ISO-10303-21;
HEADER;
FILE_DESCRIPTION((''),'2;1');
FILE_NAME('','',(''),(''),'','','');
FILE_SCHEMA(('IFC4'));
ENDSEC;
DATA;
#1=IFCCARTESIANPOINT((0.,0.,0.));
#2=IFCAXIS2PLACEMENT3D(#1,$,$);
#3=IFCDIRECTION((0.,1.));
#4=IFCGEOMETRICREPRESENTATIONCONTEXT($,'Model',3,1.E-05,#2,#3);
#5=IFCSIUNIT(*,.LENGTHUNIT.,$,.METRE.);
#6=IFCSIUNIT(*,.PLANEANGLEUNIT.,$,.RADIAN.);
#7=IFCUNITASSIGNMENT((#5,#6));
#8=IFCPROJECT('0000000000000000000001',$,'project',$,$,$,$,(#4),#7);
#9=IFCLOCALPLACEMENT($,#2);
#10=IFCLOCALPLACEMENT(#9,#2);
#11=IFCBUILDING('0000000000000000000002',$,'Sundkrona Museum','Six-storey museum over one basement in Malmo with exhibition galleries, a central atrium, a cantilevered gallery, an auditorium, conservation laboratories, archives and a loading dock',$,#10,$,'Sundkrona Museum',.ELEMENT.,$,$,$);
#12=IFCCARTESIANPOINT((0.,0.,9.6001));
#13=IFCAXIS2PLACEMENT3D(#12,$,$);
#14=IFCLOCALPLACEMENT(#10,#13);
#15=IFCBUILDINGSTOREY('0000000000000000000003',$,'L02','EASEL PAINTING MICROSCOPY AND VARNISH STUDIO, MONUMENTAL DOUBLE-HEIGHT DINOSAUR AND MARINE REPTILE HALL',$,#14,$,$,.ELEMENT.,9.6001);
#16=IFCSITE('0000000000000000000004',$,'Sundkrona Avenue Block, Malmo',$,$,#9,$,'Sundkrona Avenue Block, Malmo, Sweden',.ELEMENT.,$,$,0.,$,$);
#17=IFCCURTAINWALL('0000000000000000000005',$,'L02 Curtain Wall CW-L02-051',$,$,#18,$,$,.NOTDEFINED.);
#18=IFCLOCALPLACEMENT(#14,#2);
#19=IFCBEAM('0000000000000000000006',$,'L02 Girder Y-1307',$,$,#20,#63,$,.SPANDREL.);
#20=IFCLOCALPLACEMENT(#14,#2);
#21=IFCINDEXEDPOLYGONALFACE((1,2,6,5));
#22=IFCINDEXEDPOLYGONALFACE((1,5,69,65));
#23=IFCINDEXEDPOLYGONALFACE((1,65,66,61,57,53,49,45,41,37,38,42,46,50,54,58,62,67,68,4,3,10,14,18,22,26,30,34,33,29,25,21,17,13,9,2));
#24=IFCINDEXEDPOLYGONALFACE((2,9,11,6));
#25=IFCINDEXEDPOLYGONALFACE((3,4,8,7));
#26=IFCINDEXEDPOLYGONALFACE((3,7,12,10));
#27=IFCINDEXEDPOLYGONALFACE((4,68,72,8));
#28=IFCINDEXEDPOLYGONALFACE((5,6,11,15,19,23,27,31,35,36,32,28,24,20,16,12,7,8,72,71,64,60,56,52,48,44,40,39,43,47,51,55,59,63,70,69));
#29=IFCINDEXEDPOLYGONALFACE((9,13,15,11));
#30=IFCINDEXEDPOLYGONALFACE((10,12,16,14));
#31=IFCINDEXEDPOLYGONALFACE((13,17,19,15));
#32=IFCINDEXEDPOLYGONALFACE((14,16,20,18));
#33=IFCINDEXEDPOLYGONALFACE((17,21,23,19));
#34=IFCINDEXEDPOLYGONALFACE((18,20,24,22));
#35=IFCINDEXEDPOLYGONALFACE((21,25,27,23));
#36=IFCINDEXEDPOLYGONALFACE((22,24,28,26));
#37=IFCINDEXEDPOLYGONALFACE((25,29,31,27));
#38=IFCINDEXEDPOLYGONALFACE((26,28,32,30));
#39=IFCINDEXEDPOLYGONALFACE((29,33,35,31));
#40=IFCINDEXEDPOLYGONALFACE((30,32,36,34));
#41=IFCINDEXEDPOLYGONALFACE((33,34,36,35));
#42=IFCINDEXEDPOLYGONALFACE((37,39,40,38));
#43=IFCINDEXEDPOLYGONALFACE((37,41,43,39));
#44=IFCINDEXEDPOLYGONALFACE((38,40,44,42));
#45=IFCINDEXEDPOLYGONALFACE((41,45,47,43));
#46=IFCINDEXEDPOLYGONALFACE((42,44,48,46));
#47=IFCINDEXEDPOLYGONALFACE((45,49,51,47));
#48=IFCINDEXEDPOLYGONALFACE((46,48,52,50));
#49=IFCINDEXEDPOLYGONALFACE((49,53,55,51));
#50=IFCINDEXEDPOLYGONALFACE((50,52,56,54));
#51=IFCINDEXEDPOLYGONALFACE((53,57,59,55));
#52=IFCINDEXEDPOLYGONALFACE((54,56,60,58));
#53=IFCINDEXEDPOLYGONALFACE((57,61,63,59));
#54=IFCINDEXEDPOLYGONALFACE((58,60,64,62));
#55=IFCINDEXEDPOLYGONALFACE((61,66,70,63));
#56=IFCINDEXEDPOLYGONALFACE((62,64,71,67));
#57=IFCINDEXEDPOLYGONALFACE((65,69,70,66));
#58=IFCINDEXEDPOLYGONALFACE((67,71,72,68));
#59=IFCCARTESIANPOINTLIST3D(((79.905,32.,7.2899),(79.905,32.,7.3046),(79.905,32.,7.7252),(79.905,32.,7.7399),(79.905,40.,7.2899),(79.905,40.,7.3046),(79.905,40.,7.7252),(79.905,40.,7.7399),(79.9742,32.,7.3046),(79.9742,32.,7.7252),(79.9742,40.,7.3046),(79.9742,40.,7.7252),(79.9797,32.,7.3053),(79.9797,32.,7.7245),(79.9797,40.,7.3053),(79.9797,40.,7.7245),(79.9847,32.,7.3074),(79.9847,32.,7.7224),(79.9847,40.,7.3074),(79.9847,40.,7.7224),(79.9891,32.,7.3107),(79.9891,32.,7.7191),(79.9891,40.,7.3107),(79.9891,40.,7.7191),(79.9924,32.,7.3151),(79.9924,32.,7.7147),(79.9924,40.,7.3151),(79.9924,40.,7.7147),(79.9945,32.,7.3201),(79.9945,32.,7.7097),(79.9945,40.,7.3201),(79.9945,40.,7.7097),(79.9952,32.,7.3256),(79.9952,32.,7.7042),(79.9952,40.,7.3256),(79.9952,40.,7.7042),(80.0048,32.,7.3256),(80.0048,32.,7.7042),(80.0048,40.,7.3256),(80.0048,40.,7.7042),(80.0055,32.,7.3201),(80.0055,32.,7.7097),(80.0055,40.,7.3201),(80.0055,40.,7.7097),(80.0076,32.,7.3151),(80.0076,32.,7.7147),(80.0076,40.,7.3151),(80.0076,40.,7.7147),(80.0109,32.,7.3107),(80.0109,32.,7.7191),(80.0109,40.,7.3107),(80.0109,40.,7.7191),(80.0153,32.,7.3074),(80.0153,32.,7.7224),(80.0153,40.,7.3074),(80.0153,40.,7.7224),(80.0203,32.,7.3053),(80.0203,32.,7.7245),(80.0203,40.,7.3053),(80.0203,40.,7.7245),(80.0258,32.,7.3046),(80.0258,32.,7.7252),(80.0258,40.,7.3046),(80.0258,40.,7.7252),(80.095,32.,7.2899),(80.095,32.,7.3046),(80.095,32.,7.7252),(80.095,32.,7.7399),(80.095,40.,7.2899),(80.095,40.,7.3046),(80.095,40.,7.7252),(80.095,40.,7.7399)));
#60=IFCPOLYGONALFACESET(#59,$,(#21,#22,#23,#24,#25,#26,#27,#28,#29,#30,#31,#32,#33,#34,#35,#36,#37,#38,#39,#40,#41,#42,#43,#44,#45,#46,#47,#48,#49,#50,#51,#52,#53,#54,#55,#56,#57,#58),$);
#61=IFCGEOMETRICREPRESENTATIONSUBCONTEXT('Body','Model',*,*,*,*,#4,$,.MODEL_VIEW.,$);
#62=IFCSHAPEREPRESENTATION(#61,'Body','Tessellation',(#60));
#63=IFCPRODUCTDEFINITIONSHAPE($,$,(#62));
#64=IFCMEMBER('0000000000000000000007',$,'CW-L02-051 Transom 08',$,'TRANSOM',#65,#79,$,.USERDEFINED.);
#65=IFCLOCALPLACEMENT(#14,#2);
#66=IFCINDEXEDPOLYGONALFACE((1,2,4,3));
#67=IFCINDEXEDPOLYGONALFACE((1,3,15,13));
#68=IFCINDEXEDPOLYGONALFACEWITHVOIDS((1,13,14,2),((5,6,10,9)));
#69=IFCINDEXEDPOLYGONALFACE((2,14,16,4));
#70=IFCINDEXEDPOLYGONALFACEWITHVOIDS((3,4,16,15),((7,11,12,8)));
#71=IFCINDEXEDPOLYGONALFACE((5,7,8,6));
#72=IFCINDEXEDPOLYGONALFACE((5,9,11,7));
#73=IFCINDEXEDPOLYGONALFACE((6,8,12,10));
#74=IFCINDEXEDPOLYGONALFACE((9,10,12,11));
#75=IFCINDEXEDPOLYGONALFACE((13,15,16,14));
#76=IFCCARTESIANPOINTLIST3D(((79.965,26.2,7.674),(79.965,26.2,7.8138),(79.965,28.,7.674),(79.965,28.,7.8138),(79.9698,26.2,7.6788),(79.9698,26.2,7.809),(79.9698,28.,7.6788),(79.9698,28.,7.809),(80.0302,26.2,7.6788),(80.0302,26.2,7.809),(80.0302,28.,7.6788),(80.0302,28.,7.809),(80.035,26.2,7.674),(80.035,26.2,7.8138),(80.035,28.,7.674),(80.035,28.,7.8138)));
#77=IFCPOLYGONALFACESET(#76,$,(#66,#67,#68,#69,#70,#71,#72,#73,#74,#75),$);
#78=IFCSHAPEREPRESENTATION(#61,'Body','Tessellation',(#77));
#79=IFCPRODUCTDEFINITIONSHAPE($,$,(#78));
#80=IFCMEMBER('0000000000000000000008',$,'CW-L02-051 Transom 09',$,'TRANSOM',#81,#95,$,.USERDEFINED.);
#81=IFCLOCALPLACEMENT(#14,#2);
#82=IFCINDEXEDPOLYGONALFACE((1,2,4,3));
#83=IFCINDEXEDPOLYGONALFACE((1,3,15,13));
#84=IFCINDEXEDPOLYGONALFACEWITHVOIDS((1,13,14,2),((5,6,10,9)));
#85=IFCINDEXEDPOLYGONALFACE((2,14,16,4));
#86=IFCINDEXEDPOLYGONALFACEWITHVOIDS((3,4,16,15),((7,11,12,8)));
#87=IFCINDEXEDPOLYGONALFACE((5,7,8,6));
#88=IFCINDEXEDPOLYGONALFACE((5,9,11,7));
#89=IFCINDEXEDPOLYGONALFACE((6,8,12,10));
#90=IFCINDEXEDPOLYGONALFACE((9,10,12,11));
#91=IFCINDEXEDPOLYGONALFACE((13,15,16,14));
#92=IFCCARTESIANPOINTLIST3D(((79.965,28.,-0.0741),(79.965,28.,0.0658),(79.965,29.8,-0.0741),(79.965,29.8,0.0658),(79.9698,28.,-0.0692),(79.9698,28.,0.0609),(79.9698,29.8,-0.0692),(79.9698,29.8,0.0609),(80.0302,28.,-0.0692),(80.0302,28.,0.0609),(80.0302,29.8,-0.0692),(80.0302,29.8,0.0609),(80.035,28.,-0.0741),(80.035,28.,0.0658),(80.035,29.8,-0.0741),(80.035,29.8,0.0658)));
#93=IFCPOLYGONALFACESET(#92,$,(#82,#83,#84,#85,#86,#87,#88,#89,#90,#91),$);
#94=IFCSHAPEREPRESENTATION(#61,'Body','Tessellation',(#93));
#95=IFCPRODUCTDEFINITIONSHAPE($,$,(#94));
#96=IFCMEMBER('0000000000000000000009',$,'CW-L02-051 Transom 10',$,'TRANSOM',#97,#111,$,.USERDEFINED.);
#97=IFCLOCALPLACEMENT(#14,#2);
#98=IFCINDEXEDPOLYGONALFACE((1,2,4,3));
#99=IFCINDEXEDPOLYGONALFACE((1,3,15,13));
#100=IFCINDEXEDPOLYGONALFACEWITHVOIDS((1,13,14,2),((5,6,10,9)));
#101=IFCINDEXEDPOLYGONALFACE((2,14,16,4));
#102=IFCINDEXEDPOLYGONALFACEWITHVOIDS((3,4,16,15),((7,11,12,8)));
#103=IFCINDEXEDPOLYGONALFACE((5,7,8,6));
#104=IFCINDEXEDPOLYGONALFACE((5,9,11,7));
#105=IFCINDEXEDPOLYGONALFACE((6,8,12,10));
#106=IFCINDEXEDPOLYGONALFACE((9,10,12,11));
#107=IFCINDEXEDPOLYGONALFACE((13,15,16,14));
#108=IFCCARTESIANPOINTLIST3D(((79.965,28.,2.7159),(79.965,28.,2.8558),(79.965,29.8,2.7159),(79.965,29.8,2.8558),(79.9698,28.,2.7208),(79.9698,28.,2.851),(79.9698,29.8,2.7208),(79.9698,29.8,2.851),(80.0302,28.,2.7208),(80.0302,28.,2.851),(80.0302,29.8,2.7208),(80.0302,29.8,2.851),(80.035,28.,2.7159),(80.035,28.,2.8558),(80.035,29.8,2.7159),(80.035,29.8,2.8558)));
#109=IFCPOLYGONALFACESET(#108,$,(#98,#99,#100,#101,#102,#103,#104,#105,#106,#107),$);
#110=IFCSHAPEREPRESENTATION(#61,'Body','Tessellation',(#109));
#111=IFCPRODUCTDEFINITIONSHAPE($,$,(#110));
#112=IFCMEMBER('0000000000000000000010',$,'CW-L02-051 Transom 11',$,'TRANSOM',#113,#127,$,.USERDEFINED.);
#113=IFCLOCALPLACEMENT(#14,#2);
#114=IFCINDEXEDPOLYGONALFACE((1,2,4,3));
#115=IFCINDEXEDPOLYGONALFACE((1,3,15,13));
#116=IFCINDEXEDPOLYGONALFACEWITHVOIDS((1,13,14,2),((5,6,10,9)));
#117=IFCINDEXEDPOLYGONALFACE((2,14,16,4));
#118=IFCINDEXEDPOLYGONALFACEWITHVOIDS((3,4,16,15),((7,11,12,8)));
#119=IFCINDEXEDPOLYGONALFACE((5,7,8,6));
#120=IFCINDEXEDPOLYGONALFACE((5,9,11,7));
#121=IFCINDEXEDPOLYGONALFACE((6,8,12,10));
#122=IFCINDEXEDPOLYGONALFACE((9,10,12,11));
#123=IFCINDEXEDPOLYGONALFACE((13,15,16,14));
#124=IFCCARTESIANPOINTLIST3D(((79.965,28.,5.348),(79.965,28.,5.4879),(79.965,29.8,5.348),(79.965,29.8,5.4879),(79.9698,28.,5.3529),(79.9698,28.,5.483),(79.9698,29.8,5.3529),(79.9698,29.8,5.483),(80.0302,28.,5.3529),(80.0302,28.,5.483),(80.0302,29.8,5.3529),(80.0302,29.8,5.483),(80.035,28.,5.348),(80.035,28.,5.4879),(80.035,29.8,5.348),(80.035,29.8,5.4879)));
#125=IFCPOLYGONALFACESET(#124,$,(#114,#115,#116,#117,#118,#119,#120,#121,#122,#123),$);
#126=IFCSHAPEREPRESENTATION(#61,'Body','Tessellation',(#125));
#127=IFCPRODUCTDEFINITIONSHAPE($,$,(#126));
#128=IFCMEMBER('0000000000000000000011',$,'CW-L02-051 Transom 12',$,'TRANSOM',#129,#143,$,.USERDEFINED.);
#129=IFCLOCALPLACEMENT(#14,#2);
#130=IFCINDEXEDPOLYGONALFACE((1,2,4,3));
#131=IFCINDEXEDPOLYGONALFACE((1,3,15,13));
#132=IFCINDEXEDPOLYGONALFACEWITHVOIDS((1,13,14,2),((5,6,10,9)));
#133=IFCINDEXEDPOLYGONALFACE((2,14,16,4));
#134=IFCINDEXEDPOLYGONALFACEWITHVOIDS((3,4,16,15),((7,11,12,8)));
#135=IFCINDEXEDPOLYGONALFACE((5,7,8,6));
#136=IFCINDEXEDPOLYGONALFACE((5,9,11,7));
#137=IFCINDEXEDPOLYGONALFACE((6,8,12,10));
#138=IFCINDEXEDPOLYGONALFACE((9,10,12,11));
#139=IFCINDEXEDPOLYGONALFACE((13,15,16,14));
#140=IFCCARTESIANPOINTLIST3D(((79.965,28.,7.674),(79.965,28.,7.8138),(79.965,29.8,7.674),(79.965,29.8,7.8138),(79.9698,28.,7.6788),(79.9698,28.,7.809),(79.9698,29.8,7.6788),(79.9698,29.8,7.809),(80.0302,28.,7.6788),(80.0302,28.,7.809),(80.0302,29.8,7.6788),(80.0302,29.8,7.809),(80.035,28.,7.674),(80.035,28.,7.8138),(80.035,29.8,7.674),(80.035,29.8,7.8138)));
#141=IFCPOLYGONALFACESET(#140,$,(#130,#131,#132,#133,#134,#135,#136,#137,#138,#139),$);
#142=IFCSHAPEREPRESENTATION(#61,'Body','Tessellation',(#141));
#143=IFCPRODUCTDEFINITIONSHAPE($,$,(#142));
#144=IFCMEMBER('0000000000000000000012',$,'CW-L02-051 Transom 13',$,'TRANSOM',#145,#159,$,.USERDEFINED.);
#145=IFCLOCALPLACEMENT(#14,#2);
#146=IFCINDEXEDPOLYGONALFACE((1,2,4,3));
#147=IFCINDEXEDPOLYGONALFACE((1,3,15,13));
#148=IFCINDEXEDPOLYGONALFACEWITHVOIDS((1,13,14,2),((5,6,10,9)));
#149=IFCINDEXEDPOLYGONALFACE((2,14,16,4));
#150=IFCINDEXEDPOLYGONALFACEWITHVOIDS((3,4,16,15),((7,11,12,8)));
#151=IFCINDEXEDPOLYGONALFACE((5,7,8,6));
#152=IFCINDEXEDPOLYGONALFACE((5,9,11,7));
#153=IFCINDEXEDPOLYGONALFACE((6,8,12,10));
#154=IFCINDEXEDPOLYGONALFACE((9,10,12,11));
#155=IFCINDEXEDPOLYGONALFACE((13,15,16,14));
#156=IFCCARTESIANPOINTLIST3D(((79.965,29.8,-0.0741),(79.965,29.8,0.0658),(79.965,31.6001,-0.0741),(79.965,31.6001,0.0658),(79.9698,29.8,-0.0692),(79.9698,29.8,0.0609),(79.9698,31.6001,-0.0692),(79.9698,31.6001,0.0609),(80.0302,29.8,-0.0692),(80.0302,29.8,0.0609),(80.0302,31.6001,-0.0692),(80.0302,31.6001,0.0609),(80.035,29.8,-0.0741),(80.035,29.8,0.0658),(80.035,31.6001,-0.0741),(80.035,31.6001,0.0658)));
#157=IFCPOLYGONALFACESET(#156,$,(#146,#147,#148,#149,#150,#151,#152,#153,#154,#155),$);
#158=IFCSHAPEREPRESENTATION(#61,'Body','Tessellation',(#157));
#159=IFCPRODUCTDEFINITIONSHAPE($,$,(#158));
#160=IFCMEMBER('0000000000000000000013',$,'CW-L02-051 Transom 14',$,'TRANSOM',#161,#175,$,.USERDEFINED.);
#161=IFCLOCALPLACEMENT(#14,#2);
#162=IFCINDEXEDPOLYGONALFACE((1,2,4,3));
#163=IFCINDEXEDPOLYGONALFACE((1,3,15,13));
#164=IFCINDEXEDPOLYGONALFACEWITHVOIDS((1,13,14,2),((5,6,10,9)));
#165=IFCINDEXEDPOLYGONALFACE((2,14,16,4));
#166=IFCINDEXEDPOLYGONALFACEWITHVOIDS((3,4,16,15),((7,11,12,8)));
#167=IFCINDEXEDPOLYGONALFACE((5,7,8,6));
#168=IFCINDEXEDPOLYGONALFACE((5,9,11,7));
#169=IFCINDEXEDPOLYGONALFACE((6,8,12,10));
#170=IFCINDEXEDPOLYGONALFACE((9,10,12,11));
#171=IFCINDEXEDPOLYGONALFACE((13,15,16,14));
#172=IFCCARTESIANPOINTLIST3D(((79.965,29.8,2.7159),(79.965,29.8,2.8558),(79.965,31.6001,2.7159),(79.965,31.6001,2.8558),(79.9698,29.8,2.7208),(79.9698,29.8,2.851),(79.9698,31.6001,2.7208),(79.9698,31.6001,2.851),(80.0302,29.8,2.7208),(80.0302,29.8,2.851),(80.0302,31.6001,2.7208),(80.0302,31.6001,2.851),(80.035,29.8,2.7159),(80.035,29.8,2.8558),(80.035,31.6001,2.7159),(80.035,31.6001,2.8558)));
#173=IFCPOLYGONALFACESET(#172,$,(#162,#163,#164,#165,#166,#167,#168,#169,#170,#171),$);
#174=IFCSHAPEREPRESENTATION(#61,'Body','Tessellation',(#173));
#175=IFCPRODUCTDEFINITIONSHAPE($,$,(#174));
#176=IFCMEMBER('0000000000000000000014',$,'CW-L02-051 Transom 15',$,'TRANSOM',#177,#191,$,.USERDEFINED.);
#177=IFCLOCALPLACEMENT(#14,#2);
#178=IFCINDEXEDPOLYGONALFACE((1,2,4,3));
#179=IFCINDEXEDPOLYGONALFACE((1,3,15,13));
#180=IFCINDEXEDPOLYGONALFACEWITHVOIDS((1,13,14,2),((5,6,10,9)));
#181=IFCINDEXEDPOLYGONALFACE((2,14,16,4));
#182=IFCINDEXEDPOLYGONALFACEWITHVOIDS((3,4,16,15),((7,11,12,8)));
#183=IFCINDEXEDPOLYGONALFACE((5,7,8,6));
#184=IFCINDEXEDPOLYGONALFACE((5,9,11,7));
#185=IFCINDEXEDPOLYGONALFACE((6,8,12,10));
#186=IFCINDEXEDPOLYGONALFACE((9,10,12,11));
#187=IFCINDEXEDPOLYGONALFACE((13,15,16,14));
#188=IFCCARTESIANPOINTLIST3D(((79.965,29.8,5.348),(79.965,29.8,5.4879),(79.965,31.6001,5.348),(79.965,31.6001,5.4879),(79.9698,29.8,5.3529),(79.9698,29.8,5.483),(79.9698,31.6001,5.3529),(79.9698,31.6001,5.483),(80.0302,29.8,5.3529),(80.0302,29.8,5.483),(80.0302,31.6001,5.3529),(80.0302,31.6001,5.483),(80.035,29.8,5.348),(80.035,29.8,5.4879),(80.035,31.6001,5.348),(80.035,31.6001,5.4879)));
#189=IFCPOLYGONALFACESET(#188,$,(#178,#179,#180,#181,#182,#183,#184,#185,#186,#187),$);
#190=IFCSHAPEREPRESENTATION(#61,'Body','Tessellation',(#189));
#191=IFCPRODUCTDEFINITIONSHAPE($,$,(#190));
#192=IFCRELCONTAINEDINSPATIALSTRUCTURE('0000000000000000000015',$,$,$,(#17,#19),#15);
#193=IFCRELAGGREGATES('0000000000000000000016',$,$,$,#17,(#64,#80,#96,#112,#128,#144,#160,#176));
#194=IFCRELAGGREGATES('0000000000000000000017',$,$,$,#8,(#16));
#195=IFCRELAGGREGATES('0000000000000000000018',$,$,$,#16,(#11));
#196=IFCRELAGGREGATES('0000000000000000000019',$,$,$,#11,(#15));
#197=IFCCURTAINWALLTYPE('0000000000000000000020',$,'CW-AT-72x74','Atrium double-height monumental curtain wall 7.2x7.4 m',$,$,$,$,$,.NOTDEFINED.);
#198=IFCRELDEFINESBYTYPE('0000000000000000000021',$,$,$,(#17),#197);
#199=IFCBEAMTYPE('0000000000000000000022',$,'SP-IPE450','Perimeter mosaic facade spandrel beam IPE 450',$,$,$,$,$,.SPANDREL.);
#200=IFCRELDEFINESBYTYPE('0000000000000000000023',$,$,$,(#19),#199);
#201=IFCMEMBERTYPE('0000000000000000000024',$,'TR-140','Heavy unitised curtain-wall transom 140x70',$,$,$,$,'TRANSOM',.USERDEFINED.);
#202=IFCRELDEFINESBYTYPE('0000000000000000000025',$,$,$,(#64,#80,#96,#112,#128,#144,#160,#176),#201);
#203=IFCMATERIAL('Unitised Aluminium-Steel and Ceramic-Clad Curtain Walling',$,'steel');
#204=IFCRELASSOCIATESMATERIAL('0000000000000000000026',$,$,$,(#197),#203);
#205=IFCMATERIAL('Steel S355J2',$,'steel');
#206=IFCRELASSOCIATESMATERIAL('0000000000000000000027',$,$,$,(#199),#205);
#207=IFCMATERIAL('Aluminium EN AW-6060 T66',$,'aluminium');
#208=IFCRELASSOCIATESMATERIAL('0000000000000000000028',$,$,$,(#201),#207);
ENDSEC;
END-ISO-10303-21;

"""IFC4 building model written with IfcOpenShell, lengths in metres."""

from ifc_helpers import new_model, si_unit, direction, frame, origin, origin_2d, place, context, subcontext, project, spatial, hollow_rectangle, i_section, extrude, material, material_profile, profile_set, type_object, element, aggregate, save


model = new_model("IFC4")

# Units and contexts
model_context = context("Model", 3, precision=1e-05, world=origin(), true_north=direction((0.0, 1.0)))
body_context = subcontext(model_context, "Body", "Model", "MODEL_VIEW")
ifc_project = project(units=[si_unit("LENGTHUNIT", "METRE"), si_unit("PLANEANGLEUNIT", "RADIAN")], contexts=[model_context])

# Site, building, storey
site_placement = place(None, origin())
site = spatial("IfcSite", under=ifc_project, at=site_placement, Name="Sundkrona Avenue Block, Malmo", LongName="Sundkrona Avenue Block, Malmo, Sweden", CompositionType="ELEMENT", RefElevation=0.0)
building_placement = place(site_placement, origin())
building = spatial("IfcBuilding", under=site, at=building_placement, Name="Sundkrona Museum", Description="Six-storey museum over one basement in Malmo with exhibition galleries, a central atrium, a cantilevered gallery, an auditorium, conservation laboratories, archives and a loading dock", LongName="Sundkrona Museum", CompositionType="ELEMENT")
storey_placement = place(building_placement, frame((0.0, 0.0, 9.6001)))
storey = spatial("IfcBuildingStorey", under=building, at=storey_placement, Name="L02", Description="EASEL PAINTING MICROSCOPY AND VARNISH STUDIO, MONUMENTAL DOUBLE-HEIGHT DINOSAUR AND MARINE REPTILE HALL", CompositionType="ELEMENT", Elevation=9.6001)

# Shared definitions
ifc_material_1 = material(Name="Steel S355J2", Category="steel")

# Curtain wall
ifc_material_2 = material(Name="Unitised Aluminium-Steel and Ceramic-Clad Curtain Walling", Category="steel")
curtain_wall_type = type_object("IfcCurtainWallType", Name="CW-AT-72x74", Description="Atrium double-height monumental curtain wall 7.2x7.4 m", PredefinedType="NOTDEFINED", material=ifc_material_2)
curtain_wall_placement = place(storey_placement, origin())
curtain_wall = element("IfcCurtainWall", 1, at=curtain_wall_placement, inside=storey, type_object=curtain_wall_type, Name="L02 Curtain Wall CW-L02-051", PredefinedType="NOTDEFINED")
ifc_material_3 = material(Name="Aluminium EN AW-6060 T66", Category="aluminium")

# Beam
ifc_material_profile_1 = material_profile(ifc_material_1, i_section(OverallWidth=0.1899, OverallDepth=0.45, WebThickness=0.0095, FlangeThickness=0.0146, FilletRadius=0.021, at=origin_2d()), Name="IPE 450")
ifc_profile_set_1 = profile_set([ifc_material_profile_1], Name="Steel S355J2")
beam_type_1 = type_object("IfcBeamType", Name="SP-IPE450", Description="Perimeter mosaic facade spandrel beam IPE 450", PredefinedType="SPANDREL", material=ifc_profile_set_1)
beam_1_placement = place(storey_placement, frame((80.0, 32.0, 7.5149), z_axis=(0.0, 1.0, 0.0), x_axis=(-1.0, 0.0, 0.0)))
element("IfcBeam", 2, at=beam_1_placement, inside=storey, type_object=beam_type_1, Name="L02 Girder Y-1307", PredefinedType="SPANDREL", context=body_context, shape_type="SweptSolid", body=[
    extrude(i_section(OverallWidth=0.1899, OverallDepth=0.45, WebThickness=0.0095, FlangeThickness=0.0146, FilletRadius=0.021, at=origin_2d()), origin(), (0.0, 0.0, 1.0), 8.0),
])

# Members
ifc_material_profile_2 = material_profile(ifc_material_3, hollow_rectangle(XDim=0.0701, YDim=0.1399, WallThickness=0.0049, at=origin_2d()), Name="RHS 140x70x5.0")
ifc_profile_set_2 = profile_set([ifc_material_profile_2], Name="Aluminium EN AW-6060 T66")
member_type_1 = type_object("IfcMemberType", Name="TR-140", Description="Heavy unitised curtain-wall transom 140x70", ElementType="TRANSOM", PredefinedType="USERDEFINED", material=ifc_profile_set_2)
member_1_placement = place(storey_placement, frame((80.0, 26.2, 7.7439), z_axis=(0.0, 1.0, 0.0), x_axis=(-1.0, 0.0, 0.0)))
member_1 = element("IfcMember", 3, at=member_1_placement, type_object=member_type_1, Name="CW-L02-051 Transom 08", ObjectType="TRANSOM", PredefinedType="USERDEFINED", context=body_context, shape_type="SweptSolid", body=[
    extrude(hollow_rectangle(XDim=0.0701, YDim=0.1399, WallThickness=0.0049, at=origin_2d()), origin(), (0.0, 0.0, 1.0), 1.8),
])
member_2_placement = place(storey_placement, frame((80.0, 28.0, -0.0042), z_axis=(0.0, 1.0, 0.0), x_axis=(-1.0, 0.0, 0.0)))
member_2 = element("IfcMember", 4, at=member_2_placement, type_object=member_type_1, Name="CW-L02-051 Transom 09", ObjectType="TRANSOM", PredefinedType="USERDEFINED", context=body_context, shape_type="SweptSolid", body=[
    extrude(hollow_rectangle(XDim=0.0701, YDim=0.1399, WallThickness=0.0049, at=origin_2d()), origin(), (0.0, 0.0, 1.0), 1.8),
])
member_3_placement = place(storey_placement, frame((80.0, 28.0, 2.7859), z_axis=(0.0, 1.0, 0.0), x_axis=(-1.0, 0.0, 0.0)))
member_3 = element("IfcMember", 5, at=member_3_placement, type_object=member_type_1, Name="CW-L02-051 Transom 10", ObjectType="TRANSOM", PredefinedType="USERDEFINED", context=body_context, shape_type="SweptSolid", body=[
    extrude(hollow_rectangle(XDim=0.0701, YDim=0.1399, WallThickness=0.0049, at=origin_2d()), origin(), (0.0, 0.0, 1.0), 1.8),
])
member_4_placement = place(storey_placement, frame((80.0, 28.0, 5.418), z_axis=(0.0, 1.0, 0.0), x_axis=(-1.0, 0.0, 0.0)))
member_4 = element("IfcMember", 6, at=member_4_placement, type_object=member_type_1, Name="CW-L02-051 Transom 11", ObjectType="TRANSOM", PredefinedType="USERDEFINED", context=body_context, shape_type="SweptSolid", body=[
    extrude(hollow_rectangle(XDim=0.0701, YDim=0.1399, WallThickness=0.0049, at=origin_2d()), origin(), (0.0, 0.0, 1.0), 1.8),
])
member_5_placement = place(storey_placement, frame((80.0, 28.0, 7.7439), z_axis=(0.0, 1.0, 0.0), x_axis=(-1.0, 0.0, 0.0)))
member_5 = element("IfcMember", 7, at=member_5_placement, type_object=member_type_1, Name="CW-L02-051 Transom 12", ObjectType="TRANSOM", PredefinedType="USERDEFINED", context=body_context, shape_type="SweptSolid", body=[
    extrude(hollow_rectangle(XDim=0.0701, YDim=0.1399, WallThickness=0.0049, at=origin_2d()), origin(), (0.0, 0.0, 1.0), 1.8),
])
member_6_placement = place(storey_placement, frame((80.0, 29.8, -0.0042), z_axis=(0.0, 1.0, 0.0), x_axis=(-1.0, 0.0, 0.0)))
member_6 = element("IfcMember", 8, at=member_6_placement, type_object=member_type_1, Name="CW-L02-051 Transom 13", ObjectType="TRANSOM", PredefinedType="USERDEFINED", context=body_context, shape_type="SweptSolid", body=[
    extrude(hollow_rectangle(XDim=0.0701, YDim=0.1399, WallThickness=0.0049, at=origin_2d()), origin(), (0.0, 0.0, 1.0), 1.8),
])
member_7_placement = place(storey_placement, frame((80.0, 29.8, 2.7859), z_axis=(0.0, 1.0, 0.0), x_axis=(-1.0, 0.0, 0.0)))
member_7 = element("IfcMember", 9, at=member_7_placement, type_object=member_type_1, Name="CW-L02-051 Transom 14", ObjectType="TRANSOM", PredefinedType="USERDEFINED", context=body_context, shape_type="SweptSolid", body=[
    extrude(hollow_rectangle(XDim=0.0701, YDim=0.1399, WallThickness=0.0049, at=origin_2d()), origin(), (0.0, 0.0, 1.0), 1.8),
])
member_8_placement = place(storey_placement, frame((80.0, 29.8, 5.418), z_axis=(0.0, 1.0, 0.0), x_axis=(-1.0, 0.0, 0.0)))
member_8 = element("IfcMember", 10, at=member_8_placement, type_object=member_type_1, Name="CW-L02-051 Transom 15", ObjectType="TRANSOM", PredefinedType="USERDEFINED", context=body_context, shape_type="SweptSolid", body=[
    extrude(hollow_rectangle(XDim=0.0701, YDim=0.1399, WallThickness=0.0049, at=origin_2d()), origin(), (0.0, 0.0, 1.0), 1.8),
])

aggregate(curtain_wall, [member_1, member_2, member_3, member_4, member_5, member_6, member_7, member_8])

save(model, "model.ifc")
